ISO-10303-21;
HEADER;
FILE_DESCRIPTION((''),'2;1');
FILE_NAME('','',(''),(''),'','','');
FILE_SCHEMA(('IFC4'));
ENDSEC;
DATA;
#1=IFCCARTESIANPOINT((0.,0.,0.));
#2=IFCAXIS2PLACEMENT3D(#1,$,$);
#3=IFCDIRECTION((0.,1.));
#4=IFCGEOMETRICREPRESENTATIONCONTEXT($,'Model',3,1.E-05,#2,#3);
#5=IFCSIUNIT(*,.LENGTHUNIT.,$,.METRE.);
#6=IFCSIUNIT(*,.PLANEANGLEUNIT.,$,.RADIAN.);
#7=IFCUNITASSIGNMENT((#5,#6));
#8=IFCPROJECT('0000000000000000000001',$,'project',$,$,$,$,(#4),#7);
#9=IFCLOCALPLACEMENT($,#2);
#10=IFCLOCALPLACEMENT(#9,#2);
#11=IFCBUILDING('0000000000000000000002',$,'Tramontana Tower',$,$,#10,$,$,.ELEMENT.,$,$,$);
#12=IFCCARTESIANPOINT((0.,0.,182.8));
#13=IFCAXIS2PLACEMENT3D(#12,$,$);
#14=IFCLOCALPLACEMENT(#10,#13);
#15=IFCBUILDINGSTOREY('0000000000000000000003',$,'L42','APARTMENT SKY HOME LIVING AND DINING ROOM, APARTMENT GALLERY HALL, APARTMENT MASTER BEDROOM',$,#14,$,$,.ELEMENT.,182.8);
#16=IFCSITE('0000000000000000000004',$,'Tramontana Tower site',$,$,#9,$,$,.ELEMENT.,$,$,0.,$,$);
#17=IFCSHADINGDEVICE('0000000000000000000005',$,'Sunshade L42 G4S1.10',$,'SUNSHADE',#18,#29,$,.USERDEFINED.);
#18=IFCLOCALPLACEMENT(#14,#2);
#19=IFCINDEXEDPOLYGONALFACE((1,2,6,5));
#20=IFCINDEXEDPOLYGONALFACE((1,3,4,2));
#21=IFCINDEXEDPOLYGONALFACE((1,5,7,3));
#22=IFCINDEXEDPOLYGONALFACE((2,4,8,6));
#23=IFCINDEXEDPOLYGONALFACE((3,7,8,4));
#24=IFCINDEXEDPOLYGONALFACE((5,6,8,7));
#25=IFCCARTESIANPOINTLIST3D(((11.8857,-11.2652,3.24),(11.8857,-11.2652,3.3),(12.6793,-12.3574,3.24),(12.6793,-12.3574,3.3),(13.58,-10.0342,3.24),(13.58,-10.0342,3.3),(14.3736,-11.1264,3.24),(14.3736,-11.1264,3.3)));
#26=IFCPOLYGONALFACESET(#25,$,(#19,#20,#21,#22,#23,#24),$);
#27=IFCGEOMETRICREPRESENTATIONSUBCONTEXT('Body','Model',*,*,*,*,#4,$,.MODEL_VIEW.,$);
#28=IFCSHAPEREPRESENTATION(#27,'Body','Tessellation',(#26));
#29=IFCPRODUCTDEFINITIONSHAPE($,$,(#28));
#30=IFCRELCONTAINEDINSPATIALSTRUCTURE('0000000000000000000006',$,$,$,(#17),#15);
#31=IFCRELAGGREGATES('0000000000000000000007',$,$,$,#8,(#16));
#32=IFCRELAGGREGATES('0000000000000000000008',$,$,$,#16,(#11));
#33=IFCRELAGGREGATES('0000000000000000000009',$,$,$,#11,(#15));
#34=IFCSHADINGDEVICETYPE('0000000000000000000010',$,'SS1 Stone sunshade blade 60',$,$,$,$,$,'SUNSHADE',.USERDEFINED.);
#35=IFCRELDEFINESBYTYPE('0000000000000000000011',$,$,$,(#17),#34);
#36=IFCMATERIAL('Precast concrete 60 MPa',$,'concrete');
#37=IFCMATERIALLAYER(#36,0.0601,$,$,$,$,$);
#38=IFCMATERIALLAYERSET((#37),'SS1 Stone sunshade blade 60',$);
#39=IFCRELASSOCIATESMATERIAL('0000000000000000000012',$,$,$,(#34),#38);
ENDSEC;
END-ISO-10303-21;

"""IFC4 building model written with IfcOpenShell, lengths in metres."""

from ifc_helpers import new_model, si_unit, direction, frame, origin, origin_2d, place, context, subcontext, project, spatial, rectangle, extrude, material, layer, layer_set, type_object, element, save


model = new_model("IFC4")

# Units and contexts
model_context = context("Model", 3, precision=1e-05, world=origin(), true_north=direction((0.0, 1.0)))
body_context = subcontext(model_context, "Body", "Model", "MODEL_VIEW")
ifc_project = project(units=[si_unit("LENGTHUNIT", "METRE"), si_unit("PLANEANGLEUNIT", "RADIAN")], contexts=[model_context])

# Site, building, storey
site_placement = place(None, origin())
site = spatial("IfcSite", under=ifc_project, at=site_placement, Name="Tramontana Tower site", CompositionType="ELEMENT", RefElevation=0.0)
building_placement = place(site_placement, origin())
building = spatial("IfcBuilding", under=site, at=building_placement, Name="Tramontana Tower", CompositionType="ELEMENT")
storey_placement = place(building_placement, frame((0.0, 0.0, 182.8)))
storey = spatial("IfcBuildingStorey", under=building, at=storey_placement, Name="L42", Description="APARTMENT SKY HOME LIVING AND DINING ROOM, APARTMENT GALLERY HALL, APARTMENT MASTER BEDROOM", CompositionType="ELEMENT", Elevation=182.8)

# Shading device
ifc_material_1 = material(Name="Precast concrete 60 MPa", Category="concrete")
ifc_layer_1 = layer(ifc_material_1, 0.0601)
ifc_layer_set_1 = layer_set([ifc_layer_1], Name="SS1 Stone sunshade blade 60")
shading_device_type = type_object("IfcShadingDeviceType", Name="SS1 Stone sunshade blade 60", ElementType="SUNSHADE", PredefinedType="USERDEFINED", material=ifc_layer_set_1)
shading_device_placement = place(storey_placement, frame((13.1296, -11.1958, 3.24), z_axis=(0.0, 0.0, 1.0), x_axis=(0.809017, 0.587785, 0.0)))
element("IfcShadingDevice", 1, at=shading_device_placement, inside=storey, type_object=shading_device_type, Name="Sunshade L42 G4S1.10", ObjectType="SUNSHADE", PredefinedType="USERDEFINED", context=body_context, shape_type="SweptSolid", body=[
    extrude(rectangle(XDim=2.0942, YDim=1.3501, at=origin_2d()), origin(), (0.0, 0.0, 1.0), 0.0601),
])

save(model, "model.ifc")
